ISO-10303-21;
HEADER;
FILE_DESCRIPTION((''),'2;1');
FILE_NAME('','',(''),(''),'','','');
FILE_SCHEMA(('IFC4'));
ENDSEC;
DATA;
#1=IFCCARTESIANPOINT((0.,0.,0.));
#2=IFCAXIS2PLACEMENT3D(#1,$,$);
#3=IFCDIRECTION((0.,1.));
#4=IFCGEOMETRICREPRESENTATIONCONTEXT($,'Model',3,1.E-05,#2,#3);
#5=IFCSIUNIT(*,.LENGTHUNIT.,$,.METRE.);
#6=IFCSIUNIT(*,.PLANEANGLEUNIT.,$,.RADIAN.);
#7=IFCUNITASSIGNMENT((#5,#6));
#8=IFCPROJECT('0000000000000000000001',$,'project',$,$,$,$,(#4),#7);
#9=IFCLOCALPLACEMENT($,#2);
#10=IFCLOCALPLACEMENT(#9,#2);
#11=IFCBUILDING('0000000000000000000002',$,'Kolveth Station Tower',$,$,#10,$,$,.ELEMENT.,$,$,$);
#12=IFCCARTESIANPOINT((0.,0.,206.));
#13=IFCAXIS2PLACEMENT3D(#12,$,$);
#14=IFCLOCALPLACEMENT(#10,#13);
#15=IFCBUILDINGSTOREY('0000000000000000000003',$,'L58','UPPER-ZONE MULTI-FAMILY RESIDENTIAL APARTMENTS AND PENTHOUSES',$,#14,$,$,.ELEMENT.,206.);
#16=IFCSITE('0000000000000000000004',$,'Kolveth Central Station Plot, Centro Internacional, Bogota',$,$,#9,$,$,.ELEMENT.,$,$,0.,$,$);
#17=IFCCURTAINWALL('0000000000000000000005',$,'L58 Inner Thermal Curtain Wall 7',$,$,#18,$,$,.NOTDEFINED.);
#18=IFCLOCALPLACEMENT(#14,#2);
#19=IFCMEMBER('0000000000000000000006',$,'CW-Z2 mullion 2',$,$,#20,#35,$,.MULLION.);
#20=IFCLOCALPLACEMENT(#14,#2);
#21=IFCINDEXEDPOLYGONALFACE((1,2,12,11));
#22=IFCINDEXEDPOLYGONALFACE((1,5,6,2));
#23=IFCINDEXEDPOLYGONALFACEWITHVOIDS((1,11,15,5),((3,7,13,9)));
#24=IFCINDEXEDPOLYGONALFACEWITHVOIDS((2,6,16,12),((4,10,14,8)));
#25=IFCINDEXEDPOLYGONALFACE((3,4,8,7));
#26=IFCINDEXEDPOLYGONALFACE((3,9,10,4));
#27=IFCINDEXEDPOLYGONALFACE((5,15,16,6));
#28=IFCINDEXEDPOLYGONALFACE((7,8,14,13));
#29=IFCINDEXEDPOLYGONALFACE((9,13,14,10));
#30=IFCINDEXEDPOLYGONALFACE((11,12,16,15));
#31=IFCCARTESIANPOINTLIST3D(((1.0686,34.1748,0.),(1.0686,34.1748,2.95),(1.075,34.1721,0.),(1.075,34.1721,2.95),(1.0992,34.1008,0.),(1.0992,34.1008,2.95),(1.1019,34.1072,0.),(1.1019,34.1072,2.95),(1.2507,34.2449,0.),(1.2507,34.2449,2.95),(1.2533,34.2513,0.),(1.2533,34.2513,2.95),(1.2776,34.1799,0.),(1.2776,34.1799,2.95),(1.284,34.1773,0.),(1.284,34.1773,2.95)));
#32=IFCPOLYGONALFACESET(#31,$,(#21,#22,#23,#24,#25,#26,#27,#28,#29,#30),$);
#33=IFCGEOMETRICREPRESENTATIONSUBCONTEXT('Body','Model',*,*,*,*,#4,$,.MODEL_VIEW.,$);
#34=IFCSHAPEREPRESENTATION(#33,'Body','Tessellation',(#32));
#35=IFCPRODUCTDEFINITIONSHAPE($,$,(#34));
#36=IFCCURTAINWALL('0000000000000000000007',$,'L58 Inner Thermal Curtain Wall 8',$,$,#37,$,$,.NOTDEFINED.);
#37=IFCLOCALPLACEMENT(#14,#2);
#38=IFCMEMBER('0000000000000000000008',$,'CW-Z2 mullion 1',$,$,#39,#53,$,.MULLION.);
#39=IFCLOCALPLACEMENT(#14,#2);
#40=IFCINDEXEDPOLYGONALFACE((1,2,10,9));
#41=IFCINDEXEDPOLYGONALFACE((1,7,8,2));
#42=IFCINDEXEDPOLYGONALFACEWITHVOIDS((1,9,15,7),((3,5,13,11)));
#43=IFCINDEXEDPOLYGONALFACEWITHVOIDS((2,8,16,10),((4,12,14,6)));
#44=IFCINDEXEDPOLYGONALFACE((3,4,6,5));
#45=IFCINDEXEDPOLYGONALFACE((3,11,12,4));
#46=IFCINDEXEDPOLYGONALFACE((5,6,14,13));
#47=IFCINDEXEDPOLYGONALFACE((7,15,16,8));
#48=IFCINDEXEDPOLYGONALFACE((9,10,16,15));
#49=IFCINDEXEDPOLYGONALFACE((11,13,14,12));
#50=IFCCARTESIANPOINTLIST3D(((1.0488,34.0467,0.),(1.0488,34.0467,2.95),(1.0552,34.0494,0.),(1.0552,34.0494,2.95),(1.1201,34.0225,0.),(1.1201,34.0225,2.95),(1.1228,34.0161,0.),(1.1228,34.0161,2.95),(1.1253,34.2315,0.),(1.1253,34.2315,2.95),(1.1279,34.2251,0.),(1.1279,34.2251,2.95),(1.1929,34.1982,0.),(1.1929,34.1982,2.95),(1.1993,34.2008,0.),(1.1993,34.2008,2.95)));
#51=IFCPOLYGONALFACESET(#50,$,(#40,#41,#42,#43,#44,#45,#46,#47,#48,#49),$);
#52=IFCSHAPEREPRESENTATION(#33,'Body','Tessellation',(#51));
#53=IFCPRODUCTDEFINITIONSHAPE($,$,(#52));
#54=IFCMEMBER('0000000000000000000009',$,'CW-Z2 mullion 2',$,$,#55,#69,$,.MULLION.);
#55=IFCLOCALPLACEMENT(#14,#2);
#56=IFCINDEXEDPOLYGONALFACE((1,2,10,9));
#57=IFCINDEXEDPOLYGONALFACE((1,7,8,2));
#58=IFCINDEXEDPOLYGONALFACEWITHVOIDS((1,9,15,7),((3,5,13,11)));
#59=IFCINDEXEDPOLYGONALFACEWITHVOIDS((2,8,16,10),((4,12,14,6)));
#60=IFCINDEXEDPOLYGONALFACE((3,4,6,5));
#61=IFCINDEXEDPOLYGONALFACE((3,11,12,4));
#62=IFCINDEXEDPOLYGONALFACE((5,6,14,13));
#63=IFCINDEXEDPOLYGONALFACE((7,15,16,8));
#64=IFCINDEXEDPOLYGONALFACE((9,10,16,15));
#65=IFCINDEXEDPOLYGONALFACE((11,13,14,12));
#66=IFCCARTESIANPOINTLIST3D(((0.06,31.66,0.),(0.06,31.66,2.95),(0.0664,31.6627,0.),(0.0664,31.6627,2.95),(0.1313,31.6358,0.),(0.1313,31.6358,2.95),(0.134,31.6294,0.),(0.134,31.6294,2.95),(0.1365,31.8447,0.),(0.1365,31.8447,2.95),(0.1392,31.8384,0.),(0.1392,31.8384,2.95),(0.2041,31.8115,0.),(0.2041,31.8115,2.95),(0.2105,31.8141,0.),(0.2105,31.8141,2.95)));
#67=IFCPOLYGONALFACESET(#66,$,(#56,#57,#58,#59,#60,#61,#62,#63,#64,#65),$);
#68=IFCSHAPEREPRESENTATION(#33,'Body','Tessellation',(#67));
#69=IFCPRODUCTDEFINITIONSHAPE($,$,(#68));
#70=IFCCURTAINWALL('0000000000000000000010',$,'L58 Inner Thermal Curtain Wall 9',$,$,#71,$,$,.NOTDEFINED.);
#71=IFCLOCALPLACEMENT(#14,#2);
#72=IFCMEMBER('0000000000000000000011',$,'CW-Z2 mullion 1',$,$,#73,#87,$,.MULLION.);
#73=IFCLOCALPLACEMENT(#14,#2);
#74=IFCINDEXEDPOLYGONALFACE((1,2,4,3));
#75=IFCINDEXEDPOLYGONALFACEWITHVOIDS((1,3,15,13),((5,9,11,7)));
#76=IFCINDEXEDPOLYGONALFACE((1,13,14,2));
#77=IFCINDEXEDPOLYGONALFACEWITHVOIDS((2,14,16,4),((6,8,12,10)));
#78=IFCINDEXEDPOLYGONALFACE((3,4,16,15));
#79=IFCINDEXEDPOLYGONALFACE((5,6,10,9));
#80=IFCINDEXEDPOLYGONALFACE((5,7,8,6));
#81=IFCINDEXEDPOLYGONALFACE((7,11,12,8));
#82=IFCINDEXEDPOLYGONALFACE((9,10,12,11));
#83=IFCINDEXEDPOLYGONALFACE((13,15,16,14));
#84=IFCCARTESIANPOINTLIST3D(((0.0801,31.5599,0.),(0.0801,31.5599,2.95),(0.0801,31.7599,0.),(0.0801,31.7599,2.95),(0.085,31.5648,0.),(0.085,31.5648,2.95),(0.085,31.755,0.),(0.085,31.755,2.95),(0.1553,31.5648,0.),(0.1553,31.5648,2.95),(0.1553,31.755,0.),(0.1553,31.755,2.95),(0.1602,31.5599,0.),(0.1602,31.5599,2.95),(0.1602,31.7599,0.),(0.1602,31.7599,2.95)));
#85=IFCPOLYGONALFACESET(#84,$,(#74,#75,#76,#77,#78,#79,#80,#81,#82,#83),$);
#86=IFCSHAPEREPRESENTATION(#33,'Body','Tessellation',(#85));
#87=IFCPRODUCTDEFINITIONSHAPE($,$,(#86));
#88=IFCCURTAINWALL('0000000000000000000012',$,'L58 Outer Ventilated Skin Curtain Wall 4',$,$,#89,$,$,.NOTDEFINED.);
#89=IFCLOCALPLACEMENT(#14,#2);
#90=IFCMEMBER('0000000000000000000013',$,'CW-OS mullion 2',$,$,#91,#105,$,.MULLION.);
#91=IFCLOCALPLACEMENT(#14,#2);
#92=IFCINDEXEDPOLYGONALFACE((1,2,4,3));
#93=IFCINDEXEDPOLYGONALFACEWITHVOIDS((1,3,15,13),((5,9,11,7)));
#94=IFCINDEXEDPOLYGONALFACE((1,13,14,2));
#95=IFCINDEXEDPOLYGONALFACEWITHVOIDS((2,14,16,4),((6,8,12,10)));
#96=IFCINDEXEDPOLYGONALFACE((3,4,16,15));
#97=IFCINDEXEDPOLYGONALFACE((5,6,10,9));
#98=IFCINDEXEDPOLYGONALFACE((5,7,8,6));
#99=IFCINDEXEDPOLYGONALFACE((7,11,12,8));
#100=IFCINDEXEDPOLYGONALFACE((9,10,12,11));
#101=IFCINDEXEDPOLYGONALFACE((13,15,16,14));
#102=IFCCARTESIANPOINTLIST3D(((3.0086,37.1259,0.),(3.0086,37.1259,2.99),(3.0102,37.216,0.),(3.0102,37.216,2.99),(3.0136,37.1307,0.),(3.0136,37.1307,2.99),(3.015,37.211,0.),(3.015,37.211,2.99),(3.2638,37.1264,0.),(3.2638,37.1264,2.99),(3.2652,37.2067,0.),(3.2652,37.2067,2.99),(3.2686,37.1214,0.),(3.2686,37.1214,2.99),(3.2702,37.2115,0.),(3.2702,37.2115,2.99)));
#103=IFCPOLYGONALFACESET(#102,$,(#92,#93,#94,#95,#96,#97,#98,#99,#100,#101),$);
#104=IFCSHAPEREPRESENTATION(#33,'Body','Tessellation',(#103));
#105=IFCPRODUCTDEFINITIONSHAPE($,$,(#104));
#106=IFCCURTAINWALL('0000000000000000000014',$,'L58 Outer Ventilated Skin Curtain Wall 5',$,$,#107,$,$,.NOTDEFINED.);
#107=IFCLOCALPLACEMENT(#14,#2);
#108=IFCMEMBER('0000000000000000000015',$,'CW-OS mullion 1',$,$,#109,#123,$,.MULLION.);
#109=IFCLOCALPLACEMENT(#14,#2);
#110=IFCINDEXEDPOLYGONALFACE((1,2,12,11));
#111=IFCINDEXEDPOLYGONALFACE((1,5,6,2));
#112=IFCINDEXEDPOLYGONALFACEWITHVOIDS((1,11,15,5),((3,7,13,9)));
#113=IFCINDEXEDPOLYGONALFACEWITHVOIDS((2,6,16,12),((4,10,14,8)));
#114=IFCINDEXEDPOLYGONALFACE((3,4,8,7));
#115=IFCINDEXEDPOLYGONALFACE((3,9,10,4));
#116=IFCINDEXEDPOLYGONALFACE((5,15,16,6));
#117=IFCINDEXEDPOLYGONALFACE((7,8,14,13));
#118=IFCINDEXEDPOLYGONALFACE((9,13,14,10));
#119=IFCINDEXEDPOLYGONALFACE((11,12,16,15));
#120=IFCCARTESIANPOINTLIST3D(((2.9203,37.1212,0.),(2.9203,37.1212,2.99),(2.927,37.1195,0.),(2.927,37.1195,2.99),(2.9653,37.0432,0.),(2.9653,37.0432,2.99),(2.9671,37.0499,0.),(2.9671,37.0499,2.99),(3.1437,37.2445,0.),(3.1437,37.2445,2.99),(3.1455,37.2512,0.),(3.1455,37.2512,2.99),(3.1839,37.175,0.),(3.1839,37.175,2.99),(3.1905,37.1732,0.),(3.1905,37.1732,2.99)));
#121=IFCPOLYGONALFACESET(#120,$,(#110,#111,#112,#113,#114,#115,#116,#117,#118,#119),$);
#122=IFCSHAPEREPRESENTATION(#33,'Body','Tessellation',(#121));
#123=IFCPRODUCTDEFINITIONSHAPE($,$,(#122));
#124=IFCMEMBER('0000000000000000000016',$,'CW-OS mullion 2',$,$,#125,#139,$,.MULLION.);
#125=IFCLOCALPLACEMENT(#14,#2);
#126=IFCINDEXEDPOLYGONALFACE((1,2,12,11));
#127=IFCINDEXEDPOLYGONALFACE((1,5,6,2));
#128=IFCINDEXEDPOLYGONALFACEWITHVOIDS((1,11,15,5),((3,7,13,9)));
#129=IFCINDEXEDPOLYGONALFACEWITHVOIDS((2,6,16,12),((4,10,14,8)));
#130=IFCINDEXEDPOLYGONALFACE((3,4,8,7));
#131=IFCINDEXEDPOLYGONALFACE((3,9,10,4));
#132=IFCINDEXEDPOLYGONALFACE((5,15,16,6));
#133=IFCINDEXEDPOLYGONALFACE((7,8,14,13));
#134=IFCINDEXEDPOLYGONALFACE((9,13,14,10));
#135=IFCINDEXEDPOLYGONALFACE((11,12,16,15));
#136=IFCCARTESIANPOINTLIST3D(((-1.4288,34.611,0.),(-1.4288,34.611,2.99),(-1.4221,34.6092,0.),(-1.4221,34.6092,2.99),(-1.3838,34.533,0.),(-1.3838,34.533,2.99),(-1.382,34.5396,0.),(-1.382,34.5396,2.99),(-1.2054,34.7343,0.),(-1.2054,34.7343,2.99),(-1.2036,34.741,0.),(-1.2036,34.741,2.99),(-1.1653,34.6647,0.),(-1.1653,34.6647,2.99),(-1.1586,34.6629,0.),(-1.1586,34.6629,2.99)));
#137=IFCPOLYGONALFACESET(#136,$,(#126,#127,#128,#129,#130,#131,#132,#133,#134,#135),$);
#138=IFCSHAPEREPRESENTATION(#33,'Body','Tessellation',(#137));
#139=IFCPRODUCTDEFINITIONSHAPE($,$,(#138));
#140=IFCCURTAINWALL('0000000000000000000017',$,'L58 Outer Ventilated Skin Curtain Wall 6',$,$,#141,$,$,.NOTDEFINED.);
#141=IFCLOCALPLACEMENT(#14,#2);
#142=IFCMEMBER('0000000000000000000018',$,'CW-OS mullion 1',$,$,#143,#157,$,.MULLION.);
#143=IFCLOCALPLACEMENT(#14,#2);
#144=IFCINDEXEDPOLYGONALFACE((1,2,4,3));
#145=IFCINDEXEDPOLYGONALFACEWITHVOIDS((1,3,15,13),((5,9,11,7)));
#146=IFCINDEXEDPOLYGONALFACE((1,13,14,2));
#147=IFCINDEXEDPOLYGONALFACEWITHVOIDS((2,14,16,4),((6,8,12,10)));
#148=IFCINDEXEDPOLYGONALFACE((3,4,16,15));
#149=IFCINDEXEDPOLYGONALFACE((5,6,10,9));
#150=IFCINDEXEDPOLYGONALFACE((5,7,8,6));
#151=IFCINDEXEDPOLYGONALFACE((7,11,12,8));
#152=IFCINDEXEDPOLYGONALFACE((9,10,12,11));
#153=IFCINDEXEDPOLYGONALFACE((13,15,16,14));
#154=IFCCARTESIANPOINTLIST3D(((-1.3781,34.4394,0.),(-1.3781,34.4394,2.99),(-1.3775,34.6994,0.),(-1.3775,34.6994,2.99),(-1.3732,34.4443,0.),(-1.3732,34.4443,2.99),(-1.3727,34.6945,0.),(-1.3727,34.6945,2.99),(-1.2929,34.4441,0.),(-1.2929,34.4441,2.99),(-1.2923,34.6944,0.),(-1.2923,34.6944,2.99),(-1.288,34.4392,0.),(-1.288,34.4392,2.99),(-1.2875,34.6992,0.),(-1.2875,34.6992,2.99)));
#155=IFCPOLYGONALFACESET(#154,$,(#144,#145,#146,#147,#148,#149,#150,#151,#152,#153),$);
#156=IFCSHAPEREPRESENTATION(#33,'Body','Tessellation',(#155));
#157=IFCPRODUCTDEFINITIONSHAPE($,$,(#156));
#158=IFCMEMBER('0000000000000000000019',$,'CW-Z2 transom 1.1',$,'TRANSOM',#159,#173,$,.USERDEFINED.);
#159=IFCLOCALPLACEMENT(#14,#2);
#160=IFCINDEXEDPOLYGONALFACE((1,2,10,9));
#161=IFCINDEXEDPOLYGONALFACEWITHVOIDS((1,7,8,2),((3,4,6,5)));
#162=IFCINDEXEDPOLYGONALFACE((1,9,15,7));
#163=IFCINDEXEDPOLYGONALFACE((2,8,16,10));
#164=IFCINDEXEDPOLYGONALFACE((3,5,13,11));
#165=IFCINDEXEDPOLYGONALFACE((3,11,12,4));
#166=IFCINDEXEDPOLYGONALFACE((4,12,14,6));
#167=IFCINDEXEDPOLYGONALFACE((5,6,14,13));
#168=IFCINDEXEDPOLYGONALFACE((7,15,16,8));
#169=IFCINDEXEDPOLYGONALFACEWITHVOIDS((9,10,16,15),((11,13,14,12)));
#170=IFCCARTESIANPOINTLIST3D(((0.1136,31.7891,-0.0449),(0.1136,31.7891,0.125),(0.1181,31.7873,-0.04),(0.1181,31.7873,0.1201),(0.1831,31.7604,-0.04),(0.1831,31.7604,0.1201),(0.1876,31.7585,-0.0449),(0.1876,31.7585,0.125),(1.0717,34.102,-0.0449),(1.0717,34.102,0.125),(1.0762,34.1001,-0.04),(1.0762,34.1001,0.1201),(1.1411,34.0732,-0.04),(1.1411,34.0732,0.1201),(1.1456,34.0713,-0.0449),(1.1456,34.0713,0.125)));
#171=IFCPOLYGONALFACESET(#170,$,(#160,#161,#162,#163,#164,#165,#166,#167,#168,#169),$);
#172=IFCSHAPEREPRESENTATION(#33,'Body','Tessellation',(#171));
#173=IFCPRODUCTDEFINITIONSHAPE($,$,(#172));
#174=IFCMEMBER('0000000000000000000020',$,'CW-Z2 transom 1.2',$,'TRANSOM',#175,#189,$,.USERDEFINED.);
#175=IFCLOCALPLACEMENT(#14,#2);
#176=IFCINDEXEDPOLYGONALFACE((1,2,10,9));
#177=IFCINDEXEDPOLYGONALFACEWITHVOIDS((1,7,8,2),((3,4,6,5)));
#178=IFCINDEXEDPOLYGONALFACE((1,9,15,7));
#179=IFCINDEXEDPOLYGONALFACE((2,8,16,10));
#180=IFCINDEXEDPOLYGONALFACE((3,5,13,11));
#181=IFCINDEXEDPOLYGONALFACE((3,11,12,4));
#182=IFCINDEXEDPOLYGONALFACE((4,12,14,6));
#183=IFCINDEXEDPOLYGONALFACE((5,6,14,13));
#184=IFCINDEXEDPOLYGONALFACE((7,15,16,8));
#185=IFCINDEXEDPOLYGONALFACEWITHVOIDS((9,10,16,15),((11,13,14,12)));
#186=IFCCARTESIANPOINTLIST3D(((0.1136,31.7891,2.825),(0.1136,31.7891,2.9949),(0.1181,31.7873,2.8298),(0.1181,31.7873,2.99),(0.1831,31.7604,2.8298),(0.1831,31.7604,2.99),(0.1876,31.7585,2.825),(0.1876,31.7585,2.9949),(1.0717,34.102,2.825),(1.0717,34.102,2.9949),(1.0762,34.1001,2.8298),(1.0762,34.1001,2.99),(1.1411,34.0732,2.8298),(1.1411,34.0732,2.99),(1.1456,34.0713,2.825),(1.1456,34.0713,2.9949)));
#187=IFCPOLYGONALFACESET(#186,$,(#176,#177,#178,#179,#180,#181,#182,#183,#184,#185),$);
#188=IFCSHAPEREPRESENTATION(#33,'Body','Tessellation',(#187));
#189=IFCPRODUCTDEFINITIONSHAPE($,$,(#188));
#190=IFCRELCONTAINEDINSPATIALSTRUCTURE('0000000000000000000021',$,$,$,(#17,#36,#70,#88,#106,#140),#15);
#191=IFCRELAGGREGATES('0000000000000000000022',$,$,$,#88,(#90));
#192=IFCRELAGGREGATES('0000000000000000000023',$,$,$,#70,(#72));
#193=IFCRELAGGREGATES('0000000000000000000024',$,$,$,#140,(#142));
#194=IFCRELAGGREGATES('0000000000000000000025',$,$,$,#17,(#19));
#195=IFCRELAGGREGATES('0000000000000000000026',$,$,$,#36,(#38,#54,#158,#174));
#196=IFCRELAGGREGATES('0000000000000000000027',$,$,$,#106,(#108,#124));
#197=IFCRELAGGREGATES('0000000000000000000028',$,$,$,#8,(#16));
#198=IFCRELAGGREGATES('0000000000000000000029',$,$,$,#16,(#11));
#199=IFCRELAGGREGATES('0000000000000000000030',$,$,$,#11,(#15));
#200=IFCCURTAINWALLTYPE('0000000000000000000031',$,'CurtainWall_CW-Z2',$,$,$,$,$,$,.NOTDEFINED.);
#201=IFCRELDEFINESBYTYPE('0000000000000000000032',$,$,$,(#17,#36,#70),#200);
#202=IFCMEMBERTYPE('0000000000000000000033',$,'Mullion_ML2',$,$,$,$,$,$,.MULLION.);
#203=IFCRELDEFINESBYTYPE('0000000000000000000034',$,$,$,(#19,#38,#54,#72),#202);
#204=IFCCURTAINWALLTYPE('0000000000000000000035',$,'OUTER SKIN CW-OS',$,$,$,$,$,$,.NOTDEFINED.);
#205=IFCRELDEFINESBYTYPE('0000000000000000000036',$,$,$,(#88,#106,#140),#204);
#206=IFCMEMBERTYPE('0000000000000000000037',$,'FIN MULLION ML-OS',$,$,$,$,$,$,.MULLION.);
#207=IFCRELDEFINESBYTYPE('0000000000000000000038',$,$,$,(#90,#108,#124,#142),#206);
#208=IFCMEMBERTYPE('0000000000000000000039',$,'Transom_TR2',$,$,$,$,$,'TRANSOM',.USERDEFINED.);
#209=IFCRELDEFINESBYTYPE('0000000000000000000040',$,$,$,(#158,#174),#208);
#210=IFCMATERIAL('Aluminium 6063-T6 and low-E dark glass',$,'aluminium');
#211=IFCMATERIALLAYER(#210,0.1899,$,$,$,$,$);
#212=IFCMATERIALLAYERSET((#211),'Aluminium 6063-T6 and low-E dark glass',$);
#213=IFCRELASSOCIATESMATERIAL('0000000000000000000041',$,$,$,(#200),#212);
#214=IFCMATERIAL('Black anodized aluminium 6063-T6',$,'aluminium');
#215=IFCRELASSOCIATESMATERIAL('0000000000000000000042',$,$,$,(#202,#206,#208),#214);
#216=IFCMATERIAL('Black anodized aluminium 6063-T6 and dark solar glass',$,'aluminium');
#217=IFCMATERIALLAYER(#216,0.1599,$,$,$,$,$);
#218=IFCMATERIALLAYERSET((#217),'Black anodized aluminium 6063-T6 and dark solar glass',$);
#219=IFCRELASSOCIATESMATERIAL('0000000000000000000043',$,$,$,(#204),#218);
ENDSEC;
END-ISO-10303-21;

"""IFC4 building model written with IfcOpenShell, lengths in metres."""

from ifc_helpers import new_model, si_unit, direction, frame, origin, origin_2d, place, context, subcontext, project, spatial, hollow_rectangle, extrude, source, transform, mapped, material, layer, layer_set, material_profile, profile_set, type_object, element, aggregate, save


model = new_model("IFC4")

# Units and contexts
model_context = context("Model", 3, precision=1e-05, world=origin(), true_north=direction((0.0, 1.0)))
body_context = subcontext(model_context, "Body", "Model", "MODEL_VIEW")
ifc_project = project(units=[si_unit("LENGTHUNIT", "METRE"), si_unit("PLANEANGLEUNIT", "RADIAN")], contexts=[model_context])

# Site, building, storey
site_placement = place(None, origin())
site = spatial("IfcSite", under=ifc_project, at=site_placement, Name="Kolveth Central Station Plot, Centro Internacional, Bogota", CompositionType="ELEMENT", RefElevation=0.0)
building_placement = place(site_placement, origin())
building = spatial("IfcBuilding", under=site, at=building_placement, Name="Kolveth Station Tower", CompositionType="ELEMENT")
storey_placement = place(building_placement, frame((0.0, 0.0, 206.0)))
storey = spatial("IfcBuildingStorey", under=building, at=storey_placement, Name="L58", Description="UPPER-ZONE MULTI-FAMILY RESIDENTIAL APARTMENTS AND PENTHOUSES", CompositionType="ELEMENT", Elevation=206.0)

# Curtain wall, member
ifc_material_1 = material(Name="Aluminium 6063-T6 and low-E dark glass", Category="aluminium")
ifc_layer_1 = layer(ifc_material_1, 0.1899)
ifc_layer_set_1 = layer_set([ifc_layer_1], Name="Aluminium 6063-T6 and low-E dark glass")
curtain_wall_type_1 = type_object("IfcCurtainWallType", Name="CurtainWall_CW-Z2", PredefinedType="NOTDEFINED", material=ifc_layer_set_1)
curtain_wall_1_placement = place(storey_placement, origin())
curtain_wall_1 = element("IfcCurtainWall", 1, at=curtain_wall_1_placement, inside=storey, type_object=curtain_wall_type_1, Name="L58 Inner Thermal Curtain Wall 7", PredefinedType="NOTDEFINED")
ifc_material_2 = material(Name="Black anodized aluminium 6063-T6", Category="aluminium")
ifc_material_profile_1 = material_profile(ifc_material_2, hollow_rectangle(XDim=0.0801, YDim=0.2, WallThickness=0.0049, at=origin_2d()), Name="ALU-80x200x5")
ifc_profile_set_1 = profile_set([ifc_material_profile_1], Name="Black anodized aluminium 6063-T6")
member_type_1 = type_object("IfcMemberType", Name="Mullion_ML2", PredefinedType="MULLION", material=ifc_profile_set_1)
shared_shape_1 = source(origin(), body_context, "Body", "SweptSolid", [
    extrude(hollow_rectangle(XDim=0.0801, YDim=0.2, WallThickness=0.0049, at=origin_2d()), origin(), (0.0, 0.0, 1.0), 2.95),
])
member_1_placement = place(storey_placement, frame((1.1763, 34.176, 0.0), z_axis=(0.0, 0.0, 1.0), x_axis=(0.382698, -0.923874, 0.0)))
member_1 = element("IfcMember", 2, at=member_1_placement, type_object=member_type_1, Name="CW-Z2 mullion 2", PredefinedType="MULLION", context=body_context, shape_type="MappedRepresentation", body=[
    mapped(shared_shape_1, transform((0.0, 0.0, 0.0), x_axis=(1.0, 0.0, 0.0), y_axis=(0.0, 1.0, 0.0), z_axis=(0.0, 0.0, 1.0), scale=1.0)),
])

# Curtain wall, members
curtain_wall_2_placement = place(storey_placement, origin())
curtain_wall_2 = element("IfcCurtainWall", 3, at=curtain_wall_2_placement, inside=storey, type_object=curtain_wall_type_1, Name="L58 Inner Thermal Curtain Wall 8", PredefinedType="NOTDEFINED")
member_2_placement = place(storey_placement, frame((1.124, 34.1238, 0.0), z_axis=(0.0, 0.0, 1.0), x_axis=(0.923874, -0.382698, 0.0)))
member_2 = element("IfcMember", 4, at=member_2_placement, type_object=member_type_1, Name="CW-Z2 mullion 1", PredefinedType="MULLION", context=body_context, shape_type="MappedRepresentation", body=[
    mapped(shared_shape_1, transform((0.0, 0.0, 0.0), x_axis=(1.0, 0.0, 0.0), y_axis=(0.0, 1.0, 0.0), z_axis=(0.0, 0.0, 1.0), scale=1.0)),
])
member_3_placement = place(storey_placement, frame((0.1353, 31.7371, 0.0), z_axis=(0.0, 0.0, 1.0), x_axis=(0.923874, -0.382698, 0.0)))
member_3 = element("IfcMember", 5, at=member_3_placement, type_object=member_type_1, Name="CW-Z2 mullion 2", PredefinedType="MULLION", context=body_context, shape_type="MappedRepresentation", body=[
    mapped(shared_shape_1, transform((0.0, 0.0, 0.0), x_axis=(1.0, 0.0, 0.0), y_axis=(0.0, 1.0, 0.0), z_axis=(0.0, 0.0, 1.0), scale=1.0)),
])

# Curtain walls, members
curtain_wall_3_placement = place(storey_placement, origin())
curtain_wall_3 = element("IfcCurtainWall", 6, at=curtain_wall_3_placement, inside=storey, type_object=curtain_wall_type_1, Name="L58 Inner Thermal Curtain Wall 9", PredefinedType="NOTDEFINED")
member_4_placement = place(storey_placement, frame((0.1201, 31.6599, 0.0), z_axis=(0.0, 0.0, 1.0), x_axis=(1.0, 0.0, 0.0)))
member_4 = element("IfcMember", 7, at=member_4_placement, type_object=member_type_1, Name="CW-Z2 mullion 1", PredefinedType="MULLION", context=body_context, shape_type="MappedRepresentation", body=[
    mapped(shared_shape_1, transform((0.0, 0.0, 0.0), x_axis=(1.0, 0.0, 0.0), y_axis=(0.0, 1.0, 0.0), z_axis=(0.0, 0.0, 1.0), scale=1.0)),
])
ifc_material_3 = material(Name="Black anodized aluminium 6063-T6 and dark solar glass", Category="aluminium")
ifc_layer_2 = layer(ifc_material_3, 0.1599)
ifc_layer_set_2 = layer_set([ifc_layer_2], Name="Black anodized aluminium 6063-T6 and dark solar glass")
curtain_wall_type_2 = type_object("IfcCurtainWallType", Name="OUTER SKIN CW-OS", PredefinedType="NOTDEFINED", material=ifc_layer_set_2)
curtain_wall_4_placement = place(storey_placement, origin())
curtain_wall_4 = element("IfcCurtainWall", 8, at=curtain_wall_4_placement, inside=storey, type_object=curtain_wall_type_2, Name="L58 Outer Ventilated Skin Curtain Wall 4", PredefinedType="NOTDEFINED")
ifc_material_profile_2 = material_profile(ifc_material_2, hollow_rectangle(XDim=0.0901, YDim=0.26, WallThickness=0.0049, at=origin_2d()), Name="ALU-90x260x5")
ifc_profile_set_2 = profile_set([ifc_material_profile_2], Name="Black anodized aluminium 6063-T6")
member_type_2 = type_object("IfcMemberType", Name="FIN MULLION ML-OS", PredefinedType="MULLION", material=ifc_profile_set_2)
shared_shape_2 = source(origin(), body_context, "Body", "SweptSolid", [
    extrude(hollow_rectangle(XDim=0.0901, YDim=0.26, WallThickness=0.0049, at=origin_2d()), origin(), (0.0, 0.0, 1.0), 2.99),
])
member_5_placement = place(storey_placement, frame((3.1394, 37.1687, 0.0), z_axis=(0.0, 0.0, 1.0), x_axis=(-0.017533, -0.999846, 0.0)))
member_5 = element("IfcMember", 9, at=member_5_placement, type_object=member_type_2, Name="CW-OS mullion 2", PredefinedType="MULLION", context=body_context, shape_type="MappedRepresentation", body=[
    mapped(shared_shape_2, transform((0.0, 0.0, 0.0), x_axis=(1.0, 0.0, 0.0), y_axis=(0.0, 1.0, 0.0), z_axis=(0.0, 0.0, 1.0), scale=1.0)),
])
aggregate(curtain_wall_4, [member_5])

# Curtain wall, members
curtain_wall_5_placement = place(storey_placement, origin())
curtain_wall_5 = element("IfcCurtainWall", 10, at=curtain_wall_5_placement, inside=storey, type_object=curtain_wall_type_2, Name="L58 Outer Ventilated Skin Curtain Wall 5", PredefinedType="NOTDEFINED")
member_6_placement = place(storey_placement, frame((3.0554, 37.1472, 0.0), z_axis=(0.0, 0.0, 1.0), x_axis=(0.499893, -0.866087, 0.0)))
member_6 = element("IfcMember", 11, at=member_6_placement, type_object=member_type_2, Name="CW-OS mullion 1", PredefinedType="MULLION", context=body_context, shape_type="MappedRepresentation", body=[
    mapped(shared_shape_2, transform((0.0, 0.0, 0.0), x_axis=(1.0, 0.0, 0.0), y_axis=(0.0, 1.0, 0.0), z_axis=(0.0, 0.0, 1.0), scale=1.0)),
])
member_7_placement = place(storey_placement, frame((-1.2937, 34.637, 0.0), z_axis=(0.0, 0.0, 1.0), x_axis=(0.499893, -0.866087, 0.0)))
member_7 = element("IfcMember", 12, at=member_7_placement, type_object=member_type_2, Name="CW-OS mullion 2", PredefinedType="MULLION", context=body_context, shape_type="MappedRepresentation", body=[
    mapped(shared_shape_2, transform((0.0, 0.0, 0.0), x_axis=(1.0, 0.0, 0.0), y_axis=(0.0, 1.0, 0.0), z_axis=(0.0, 0.0, 1.0), scale=1.0)),
])

# Curtain wall, member
curtain_wall_6_placement = place(storey_placement, origin())
curtain_wall_6 = element("IfcCurtainWall", 13, at=curtain_wall_6_placement, inside=storey, type_object=curtain_wall_type_2, Name="L58 Outer Ventilated Skin Curtain Wall 6", PredefinedType="NOTDEFINED")
member_8_placement = place(storey_placement, frame((-1.3328, 34.5693, 0.0), z_axis=(0.0, 0.0, 1.0), x_axis=(0.999998, -0.002035, 0.0)))
member_8 = element("IfcMember", 14, at=member_8_placement, type_object=member_type_2, Name="CW-OS mullion 1", PredefinedType="MULLION", context=body_context, shape_type="MappedRepresentation", body=[
    mapped(shared_shape_2, transform((0.0, 0.0, 0.0), x_axis=(1.0, 0.0, 0.0), y_axis=(0.0, 1.0, 0.0), z_axis=(0.0, 0.0, 1.0), scale=1.0)),
])

# Members
ifc_material_profile_3 = material_profile(ifc_material_2, hollow_rectangle(XDim=0.0801, YDim=0.1699, WallThickness=0.0049, at=origin_2d()), Name="ALU-80x170x5")
ifc_profile_set_3 = profile_set([ifc_material_profile_3], Name="Black anodized aluminium 6063-T6")
member_type_3 = type_object("IfcMemberType", Name="Transom_TR2", ElementType="TRANSOM", PredefinedType="USERDEFINED", material=ifc_profile_set_3)
shared_shape_3 = source(origin(), body_context, "Body", "SweptSolid", [
    extrude(hollow_rectangle(XDim=0.0801, YDim=0.1699, WallThickness=0.0049, at=origin_2d()), origin(), (0.0, 0.0, 1.0), 2.5034),
])
member_9_placement = place(storey_placement, frame((1.1086, 34.0867, 0.04), z_axis=(-0.382696, -0.923874, 0.0), x_axis=(0.923874, -0.382696, 0.0)))
member_9 = element("IfcMember", 15, at=member_9_placement, type_object=member_type_3, Name="CW-Z2 transom 1.1", ObjectType="TRANSOM", PredefinedType="USERDEFINED", context=body_context, shape_type="MappedRepresentation", body=[
    mapped(shared_shape_3, transform((0.0, 0.0, 0.0), x_axis=(1.0, 0.0, 0.0), y_axis=(0.0, 1.0, 0.0), z_axis=(0.0, 0.0, 1.0), scale=1.0)),
])
member_10_placement = place(storey_placement, frame((1.1086, 34.0867, 2.9099), z_axis=(-0.382696, -0.923874, 0.0), x_axis=(0.923874, -0.382696, 0.0)))
member_10 = element("IfcMember", 16, at=member_10_placement, type_object=member_type_3, Name="CW-Z2 transom 1.2", ObjectType="TRANSOM", PredefinedType="USERDEFINED", context=body_context, shape_type="MappedRepresentation", body=[
    mapped(shared_shape_3, transform((0.0, 0.0, 0.0), x_axis=(1.0, 0.0, 0.0), y_axis=(0.0, 1.0, 0.0), z_axis=(0.0, 0.0, 1.0), scale=1.0)),
])
aggregate(curtain_wall_3, [member_4])
aggregate(curtain_wall_6, [member_8])

aggregate(curtain_wall_1, [member_1])
aggregate(curtain_wall_2, [member_2, member_3, member_9, member_10])
aggregate(curtain_wall_5, [member_6, member_7])

save(model, "model.ifc")
